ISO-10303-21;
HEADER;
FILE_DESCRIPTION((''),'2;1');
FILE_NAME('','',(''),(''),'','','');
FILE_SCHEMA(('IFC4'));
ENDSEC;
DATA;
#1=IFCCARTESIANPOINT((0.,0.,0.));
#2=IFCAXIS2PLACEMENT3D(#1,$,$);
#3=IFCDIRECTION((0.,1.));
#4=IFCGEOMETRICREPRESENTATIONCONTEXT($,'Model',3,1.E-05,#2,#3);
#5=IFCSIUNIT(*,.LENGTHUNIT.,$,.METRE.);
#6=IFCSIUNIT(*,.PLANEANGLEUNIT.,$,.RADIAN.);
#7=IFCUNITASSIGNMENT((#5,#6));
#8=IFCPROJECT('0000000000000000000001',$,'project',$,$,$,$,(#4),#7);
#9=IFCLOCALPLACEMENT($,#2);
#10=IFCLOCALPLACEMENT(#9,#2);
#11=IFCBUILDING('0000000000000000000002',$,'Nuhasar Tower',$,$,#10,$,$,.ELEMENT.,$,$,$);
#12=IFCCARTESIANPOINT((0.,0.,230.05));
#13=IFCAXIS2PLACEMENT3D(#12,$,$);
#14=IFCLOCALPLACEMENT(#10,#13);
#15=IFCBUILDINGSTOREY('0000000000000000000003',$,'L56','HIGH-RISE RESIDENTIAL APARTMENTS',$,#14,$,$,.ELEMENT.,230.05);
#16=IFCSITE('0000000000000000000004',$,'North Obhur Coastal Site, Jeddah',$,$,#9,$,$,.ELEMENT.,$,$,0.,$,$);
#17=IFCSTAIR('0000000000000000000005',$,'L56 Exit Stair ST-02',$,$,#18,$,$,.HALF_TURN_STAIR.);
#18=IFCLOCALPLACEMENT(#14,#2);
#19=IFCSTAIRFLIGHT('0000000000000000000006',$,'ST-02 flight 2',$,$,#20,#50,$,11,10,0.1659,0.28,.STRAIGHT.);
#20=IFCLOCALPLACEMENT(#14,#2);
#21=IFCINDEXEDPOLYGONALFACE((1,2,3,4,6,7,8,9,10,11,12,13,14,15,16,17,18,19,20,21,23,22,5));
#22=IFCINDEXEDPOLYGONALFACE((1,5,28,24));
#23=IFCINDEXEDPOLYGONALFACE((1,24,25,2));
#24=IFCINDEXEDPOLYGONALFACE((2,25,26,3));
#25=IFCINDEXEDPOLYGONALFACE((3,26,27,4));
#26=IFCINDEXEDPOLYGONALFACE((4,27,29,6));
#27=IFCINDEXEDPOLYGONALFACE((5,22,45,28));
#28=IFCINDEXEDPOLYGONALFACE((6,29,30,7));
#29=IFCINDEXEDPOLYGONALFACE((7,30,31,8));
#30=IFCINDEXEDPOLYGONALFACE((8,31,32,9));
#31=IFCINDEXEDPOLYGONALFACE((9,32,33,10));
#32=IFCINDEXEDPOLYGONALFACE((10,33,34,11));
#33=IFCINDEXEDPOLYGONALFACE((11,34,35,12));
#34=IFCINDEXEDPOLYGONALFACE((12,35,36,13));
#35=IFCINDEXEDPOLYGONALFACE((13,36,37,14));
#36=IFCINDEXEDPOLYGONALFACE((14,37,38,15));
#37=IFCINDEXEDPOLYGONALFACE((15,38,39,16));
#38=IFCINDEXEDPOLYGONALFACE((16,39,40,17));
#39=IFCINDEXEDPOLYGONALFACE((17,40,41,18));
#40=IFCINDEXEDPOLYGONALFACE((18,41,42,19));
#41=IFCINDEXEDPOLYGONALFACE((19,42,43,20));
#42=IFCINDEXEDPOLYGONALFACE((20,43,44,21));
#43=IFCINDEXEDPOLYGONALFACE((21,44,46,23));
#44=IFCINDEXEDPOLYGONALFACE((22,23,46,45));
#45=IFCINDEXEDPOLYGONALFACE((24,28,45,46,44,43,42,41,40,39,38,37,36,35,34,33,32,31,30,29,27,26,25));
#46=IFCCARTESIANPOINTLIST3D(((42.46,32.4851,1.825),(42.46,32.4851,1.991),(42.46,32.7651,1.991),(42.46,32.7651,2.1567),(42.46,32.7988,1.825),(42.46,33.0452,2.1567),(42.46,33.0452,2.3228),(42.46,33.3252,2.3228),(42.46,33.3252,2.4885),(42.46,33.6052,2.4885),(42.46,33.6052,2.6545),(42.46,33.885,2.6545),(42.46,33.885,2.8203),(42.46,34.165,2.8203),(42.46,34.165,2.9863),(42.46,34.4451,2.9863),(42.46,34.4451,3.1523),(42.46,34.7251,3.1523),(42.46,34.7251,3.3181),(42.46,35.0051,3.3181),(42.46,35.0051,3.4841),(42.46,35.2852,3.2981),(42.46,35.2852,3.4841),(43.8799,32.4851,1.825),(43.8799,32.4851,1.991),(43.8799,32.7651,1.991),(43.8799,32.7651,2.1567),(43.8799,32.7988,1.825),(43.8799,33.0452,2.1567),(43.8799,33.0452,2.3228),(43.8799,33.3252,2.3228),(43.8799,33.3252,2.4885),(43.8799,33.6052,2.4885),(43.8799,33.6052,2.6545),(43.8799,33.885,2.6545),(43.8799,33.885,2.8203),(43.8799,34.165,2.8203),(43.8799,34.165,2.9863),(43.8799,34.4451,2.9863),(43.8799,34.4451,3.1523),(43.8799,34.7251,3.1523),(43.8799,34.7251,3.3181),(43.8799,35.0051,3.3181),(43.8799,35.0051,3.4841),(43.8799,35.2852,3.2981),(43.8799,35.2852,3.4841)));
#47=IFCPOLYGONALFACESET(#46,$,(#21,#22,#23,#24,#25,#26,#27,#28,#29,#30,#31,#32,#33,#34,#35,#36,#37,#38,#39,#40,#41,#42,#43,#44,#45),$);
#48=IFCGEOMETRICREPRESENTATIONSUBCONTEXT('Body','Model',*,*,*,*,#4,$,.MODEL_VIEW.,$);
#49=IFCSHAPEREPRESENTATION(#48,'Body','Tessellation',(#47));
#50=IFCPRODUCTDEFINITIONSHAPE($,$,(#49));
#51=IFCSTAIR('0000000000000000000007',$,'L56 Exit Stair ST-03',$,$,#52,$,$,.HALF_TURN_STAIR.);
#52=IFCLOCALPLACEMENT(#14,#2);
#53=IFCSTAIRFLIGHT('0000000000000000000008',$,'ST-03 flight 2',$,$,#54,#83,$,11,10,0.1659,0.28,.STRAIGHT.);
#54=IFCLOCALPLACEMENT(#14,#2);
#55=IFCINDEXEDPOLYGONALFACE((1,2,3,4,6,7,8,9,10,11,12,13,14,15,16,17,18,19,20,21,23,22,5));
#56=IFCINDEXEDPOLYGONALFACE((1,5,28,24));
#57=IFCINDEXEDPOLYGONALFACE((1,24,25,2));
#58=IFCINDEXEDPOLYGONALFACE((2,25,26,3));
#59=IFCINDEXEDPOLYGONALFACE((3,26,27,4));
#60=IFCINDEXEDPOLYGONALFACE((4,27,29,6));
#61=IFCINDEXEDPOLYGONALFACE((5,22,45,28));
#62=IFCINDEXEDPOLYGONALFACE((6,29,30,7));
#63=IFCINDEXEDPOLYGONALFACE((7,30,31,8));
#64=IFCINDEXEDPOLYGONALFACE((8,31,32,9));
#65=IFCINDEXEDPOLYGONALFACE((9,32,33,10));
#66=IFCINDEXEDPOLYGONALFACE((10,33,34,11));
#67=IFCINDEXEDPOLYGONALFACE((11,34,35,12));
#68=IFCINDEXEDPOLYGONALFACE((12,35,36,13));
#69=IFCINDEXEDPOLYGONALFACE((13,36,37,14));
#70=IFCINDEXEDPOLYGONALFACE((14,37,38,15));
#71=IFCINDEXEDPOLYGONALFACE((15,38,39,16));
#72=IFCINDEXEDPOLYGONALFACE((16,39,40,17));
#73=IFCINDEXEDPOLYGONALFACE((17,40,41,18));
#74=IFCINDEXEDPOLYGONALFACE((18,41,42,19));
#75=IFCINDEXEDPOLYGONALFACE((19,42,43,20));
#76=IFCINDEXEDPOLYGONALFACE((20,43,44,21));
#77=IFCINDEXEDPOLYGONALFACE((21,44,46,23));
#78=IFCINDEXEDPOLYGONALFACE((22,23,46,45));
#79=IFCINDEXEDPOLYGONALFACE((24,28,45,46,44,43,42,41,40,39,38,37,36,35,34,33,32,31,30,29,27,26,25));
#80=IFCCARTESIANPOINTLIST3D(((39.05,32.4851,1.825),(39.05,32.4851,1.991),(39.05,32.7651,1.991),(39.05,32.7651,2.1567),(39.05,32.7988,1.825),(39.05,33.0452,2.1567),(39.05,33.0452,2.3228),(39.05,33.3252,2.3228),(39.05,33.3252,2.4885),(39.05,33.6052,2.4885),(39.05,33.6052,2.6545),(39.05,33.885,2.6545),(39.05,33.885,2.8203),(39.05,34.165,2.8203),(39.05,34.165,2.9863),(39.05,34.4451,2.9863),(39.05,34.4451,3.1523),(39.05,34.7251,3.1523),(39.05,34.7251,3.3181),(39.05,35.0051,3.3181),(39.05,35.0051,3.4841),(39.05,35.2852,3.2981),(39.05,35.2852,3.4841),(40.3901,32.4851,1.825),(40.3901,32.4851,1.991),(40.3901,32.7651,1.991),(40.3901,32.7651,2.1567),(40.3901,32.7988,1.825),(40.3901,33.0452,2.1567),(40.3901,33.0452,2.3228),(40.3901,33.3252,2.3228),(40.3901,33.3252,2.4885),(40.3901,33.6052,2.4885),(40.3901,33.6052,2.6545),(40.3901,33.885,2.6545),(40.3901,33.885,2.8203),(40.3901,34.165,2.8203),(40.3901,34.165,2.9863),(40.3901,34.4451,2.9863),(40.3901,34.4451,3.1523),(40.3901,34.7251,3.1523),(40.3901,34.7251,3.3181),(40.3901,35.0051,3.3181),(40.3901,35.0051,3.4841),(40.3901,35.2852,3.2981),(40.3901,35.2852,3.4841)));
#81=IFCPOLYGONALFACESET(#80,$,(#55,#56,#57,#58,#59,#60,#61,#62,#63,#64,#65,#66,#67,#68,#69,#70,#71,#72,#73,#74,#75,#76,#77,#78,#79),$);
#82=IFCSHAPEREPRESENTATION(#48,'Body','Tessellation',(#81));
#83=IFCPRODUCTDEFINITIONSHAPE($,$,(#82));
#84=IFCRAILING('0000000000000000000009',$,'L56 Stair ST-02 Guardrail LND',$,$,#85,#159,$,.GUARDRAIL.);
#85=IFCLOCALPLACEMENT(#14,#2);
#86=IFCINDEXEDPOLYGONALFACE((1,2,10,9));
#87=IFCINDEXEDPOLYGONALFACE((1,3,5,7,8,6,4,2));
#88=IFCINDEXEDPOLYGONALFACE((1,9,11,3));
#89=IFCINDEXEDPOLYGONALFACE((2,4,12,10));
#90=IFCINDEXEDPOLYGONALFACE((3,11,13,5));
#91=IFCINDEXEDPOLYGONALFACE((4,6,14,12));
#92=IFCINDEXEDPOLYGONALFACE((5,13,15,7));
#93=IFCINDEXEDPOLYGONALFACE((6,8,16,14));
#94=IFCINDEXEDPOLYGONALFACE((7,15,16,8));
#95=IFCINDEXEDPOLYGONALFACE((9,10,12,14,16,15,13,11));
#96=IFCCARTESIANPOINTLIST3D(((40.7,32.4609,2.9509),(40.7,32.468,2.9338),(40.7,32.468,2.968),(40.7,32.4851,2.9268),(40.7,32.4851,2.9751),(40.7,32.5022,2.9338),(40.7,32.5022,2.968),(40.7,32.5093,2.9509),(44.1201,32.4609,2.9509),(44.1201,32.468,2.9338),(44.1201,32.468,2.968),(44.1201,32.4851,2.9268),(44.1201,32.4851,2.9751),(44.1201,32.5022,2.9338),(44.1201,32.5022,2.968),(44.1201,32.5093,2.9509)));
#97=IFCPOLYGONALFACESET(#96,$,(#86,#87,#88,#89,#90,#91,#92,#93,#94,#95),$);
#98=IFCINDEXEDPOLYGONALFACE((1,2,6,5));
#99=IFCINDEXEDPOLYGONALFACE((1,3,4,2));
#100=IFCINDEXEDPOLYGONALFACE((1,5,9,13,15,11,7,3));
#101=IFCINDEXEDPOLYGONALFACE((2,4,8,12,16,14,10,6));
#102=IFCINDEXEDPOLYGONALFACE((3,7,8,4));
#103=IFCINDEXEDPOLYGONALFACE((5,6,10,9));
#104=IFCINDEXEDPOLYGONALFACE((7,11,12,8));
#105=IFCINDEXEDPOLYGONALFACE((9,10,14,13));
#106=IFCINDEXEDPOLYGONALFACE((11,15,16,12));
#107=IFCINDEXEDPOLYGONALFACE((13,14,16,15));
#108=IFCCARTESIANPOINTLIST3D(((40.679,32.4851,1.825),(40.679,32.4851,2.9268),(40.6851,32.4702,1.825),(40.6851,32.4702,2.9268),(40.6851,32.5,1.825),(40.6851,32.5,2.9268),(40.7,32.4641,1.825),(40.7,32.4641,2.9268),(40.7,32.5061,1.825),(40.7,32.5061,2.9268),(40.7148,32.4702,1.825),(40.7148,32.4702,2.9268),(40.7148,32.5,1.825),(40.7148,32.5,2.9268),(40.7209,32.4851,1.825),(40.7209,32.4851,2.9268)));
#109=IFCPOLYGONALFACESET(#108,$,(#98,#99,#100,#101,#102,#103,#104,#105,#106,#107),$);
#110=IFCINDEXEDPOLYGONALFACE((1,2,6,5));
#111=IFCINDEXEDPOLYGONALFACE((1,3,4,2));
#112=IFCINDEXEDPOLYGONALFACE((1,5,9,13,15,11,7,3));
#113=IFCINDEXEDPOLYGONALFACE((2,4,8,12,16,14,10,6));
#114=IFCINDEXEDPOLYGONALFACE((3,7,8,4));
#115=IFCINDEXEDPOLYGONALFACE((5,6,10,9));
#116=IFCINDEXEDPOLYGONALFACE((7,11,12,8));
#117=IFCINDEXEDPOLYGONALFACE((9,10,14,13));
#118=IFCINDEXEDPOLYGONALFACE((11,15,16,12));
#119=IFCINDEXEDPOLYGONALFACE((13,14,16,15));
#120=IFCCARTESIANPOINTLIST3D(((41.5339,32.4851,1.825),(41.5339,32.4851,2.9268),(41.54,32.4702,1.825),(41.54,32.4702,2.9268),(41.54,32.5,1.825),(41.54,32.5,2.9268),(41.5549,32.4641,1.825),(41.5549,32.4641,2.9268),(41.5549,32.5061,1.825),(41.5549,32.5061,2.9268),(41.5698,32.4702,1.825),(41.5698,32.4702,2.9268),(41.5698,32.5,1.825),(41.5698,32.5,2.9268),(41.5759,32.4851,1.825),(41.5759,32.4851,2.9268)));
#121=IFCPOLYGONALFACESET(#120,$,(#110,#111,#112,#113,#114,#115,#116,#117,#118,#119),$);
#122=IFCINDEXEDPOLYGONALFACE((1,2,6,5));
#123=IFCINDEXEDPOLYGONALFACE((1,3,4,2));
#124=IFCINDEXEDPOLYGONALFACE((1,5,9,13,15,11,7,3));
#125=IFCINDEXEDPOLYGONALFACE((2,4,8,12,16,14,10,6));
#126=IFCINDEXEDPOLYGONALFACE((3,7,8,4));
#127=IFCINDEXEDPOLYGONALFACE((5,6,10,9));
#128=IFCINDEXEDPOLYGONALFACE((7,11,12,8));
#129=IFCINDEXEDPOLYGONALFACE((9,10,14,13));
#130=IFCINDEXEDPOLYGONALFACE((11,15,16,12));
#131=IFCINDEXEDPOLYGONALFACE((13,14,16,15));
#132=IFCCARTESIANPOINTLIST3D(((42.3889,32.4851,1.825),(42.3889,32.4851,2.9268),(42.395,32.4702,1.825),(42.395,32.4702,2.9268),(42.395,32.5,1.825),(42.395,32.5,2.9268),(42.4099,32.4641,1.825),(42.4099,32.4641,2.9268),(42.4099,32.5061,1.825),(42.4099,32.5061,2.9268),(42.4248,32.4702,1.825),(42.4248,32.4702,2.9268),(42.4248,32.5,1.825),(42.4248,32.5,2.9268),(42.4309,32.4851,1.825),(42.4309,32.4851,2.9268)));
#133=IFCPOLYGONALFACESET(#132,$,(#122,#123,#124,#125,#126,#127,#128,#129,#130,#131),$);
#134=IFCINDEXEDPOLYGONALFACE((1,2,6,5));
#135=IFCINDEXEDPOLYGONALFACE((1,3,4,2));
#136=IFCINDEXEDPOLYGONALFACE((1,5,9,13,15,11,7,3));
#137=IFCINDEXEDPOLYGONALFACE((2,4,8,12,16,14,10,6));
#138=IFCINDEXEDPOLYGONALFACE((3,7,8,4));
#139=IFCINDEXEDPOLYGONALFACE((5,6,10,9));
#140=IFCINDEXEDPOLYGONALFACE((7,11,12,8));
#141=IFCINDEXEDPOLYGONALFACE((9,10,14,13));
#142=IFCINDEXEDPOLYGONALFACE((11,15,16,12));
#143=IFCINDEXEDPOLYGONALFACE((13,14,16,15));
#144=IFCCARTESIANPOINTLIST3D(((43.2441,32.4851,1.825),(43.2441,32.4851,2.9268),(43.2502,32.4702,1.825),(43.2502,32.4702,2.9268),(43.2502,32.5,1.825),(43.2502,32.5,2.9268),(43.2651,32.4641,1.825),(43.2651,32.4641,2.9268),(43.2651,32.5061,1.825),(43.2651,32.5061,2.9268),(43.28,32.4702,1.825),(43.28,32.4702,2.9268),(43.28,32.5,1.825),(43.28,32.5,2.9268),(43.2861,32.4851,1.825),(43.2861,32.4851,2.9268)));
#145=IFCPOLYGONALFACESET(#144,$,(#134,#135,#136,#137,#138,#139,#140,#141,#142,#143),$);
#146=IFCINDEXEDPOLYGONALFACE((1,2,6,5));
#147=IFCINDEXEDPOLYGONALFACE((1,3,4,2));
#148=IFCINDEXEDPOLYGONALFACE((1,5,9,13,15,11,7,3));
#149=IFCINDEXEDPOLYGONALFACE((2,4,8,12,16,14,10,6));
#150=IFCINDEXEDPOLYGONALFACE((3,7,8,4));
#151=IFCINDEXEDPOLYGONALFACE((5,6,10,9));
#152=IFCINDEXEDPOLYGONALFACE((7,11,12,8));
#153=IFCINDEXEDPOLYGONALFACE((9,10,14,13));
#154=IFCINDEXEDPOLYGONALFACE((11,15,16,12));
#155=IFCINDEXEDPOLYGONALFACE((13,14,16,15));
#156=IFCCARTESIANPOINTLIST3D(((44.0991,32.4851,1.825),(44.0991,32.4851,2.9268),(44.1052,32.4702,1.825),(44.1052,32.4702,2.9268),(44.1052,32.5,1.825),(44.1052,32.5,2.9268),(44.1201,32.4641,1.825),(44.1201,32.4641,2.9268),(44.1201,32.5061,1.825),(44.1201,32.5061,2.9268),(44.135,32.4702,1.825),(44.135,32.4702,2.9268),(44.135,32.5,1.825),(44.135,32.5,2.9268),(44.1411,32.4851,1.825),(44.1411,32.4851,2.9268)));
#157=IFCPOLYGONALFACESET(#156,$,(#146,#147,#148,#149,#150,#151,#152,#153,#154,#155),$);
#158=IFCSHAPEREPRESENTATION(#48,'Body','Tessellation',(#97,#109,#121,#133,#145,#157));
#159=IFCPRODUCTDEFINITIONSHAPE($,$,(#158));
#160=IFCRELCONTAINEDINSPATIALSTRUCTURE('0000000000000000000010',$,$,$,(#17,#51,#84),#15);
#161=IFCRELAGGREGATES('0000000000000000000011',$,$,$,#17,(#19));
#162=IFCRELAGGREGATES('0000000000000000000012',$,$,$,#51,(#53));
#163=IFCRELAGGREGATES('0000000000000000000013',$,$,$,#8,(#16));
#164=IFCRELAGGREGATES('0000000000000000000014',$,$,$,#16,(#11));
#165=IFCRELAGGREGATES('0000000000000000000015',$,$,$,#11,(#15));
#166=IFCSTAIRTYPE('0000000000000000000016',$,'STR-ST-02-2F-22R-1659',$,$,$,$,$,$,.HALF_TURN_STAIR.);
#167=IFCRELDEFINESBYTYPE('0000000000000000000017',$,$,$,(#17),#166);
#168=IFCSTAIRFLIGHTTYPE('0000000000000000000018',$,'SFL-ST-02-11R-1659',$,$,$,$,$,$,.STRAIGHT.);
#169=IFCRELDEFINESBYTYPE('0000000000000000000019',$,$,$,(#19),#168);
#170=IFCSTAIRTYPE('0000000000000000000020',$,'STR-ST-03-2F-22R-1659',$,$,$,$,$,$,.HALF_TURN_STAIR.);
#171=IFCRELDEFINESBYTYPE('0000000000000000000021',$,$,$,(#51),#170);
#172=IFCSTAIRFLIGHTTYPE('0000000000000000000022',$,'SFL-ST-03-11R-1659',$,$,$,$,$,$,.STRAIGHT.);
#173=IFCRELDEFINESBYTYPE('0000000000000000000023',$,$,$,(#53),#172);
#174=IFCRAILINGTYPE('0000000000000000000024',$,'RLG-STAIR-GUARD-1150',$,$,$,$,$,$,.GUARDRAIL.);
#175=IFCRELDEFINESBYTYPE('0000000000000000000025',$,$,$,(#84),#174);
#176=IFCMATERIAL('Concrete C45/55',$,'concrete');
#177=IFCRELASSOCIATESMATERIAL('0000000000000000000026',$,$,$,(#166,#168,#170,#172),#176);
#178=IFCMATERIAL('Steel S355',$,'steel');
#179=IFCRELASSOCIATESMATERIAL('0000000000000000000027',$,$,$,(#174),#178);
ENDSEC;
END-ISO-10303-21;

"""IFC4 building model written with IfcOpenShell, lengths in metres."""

from ifc_helpers import new_model, si_unit, direction, frame, origin, place, context, subcontext, project, spatial, polyline, outline, extrude, material, type_object, element, aggregate, save


model = new_model("IFC4")

# Units and contexts
model_context = context("Model", 3, precision=1e-05, world=origin(), true_north=direction((0.0, 1.0)))
body_context = subcontext(model_context, "Body", "Model", "MODEL_VIEW")
ifc_project = project(units=[si_unit("LENGTHUNIT", "METRE"), si_unit("PLANEANGLEUNIT", "RADIAN")], contexts=[model_context])

# Site, building, storey
site_placement = place(None, origin())
site = spatial("IfcSite", under=ifc_project, at=site_placement, Name="North Obhur Coastal Site, Jeddah", CompositionType="ELEMENT", RefElevation=0.0)
building_placement = place(site_placement, origin())
building = spatial("IfcBuilding", under=site, at=building_placement, Name="Nuhasar Tower", CompositionType="ELEMENT")
storey_placement = place(building_placement, frame((0.0, 0.0, 230.05)))
storey = spatial("IfcBuildingStorey", under=building, at=storey_placement, Name="L56", Description="HIGH-RISE RESIDENTIAL APARTMENTS", CompositionType="ELEMENT", Elevation=230.05)

# Shared definitions
ifc_material_1 = material(Name="Steel S355", Category="steel")

# Shared definitions
ifc_material_2 = material(Name="Concrete C45/55", Category="concrete")

# Stair, stair flight
stair_type_1 = type_object("IfcStairType", Name="STR-ST-02-2F-22R-1659", PredefinedType="HALF_TURN_STAIR", material=ifc_material_2)
stair_1_placement = place(storey_placement, origin())
stair_1 = element("IfcStair", 1, at=stair_1_placement, inside=storey, type_object=stair_type_1, Name="L56 Exit Stair ST-02", PredefinedType="HALF_TURN_STAIR")
stair_flight_type_1 = type_object("IfcStairFlightType", Name="SFL-ST-02-11R-1659", PredefinedType="STRAIGHT", material=ifc_material_2)
stair_flight_1_placement = place(storey_placement, frame((43.1699, 32.4851, 1.825), z_axis=(0.0, 0.0, 1.0), x_axis=(0.0, 1.0, 0.0)))
stair_flight_1 = element("IfcStairFlight", 2, at=stair_flight_1_placement, type_object=stair_flight_type_1, Name="ST-02 flight 2", NumberOfRisers=11, NumberOfTreads=10, PredefinedType="STRAIGHT", RiserHeight=0.1659, TreadLength=0.28, context=body_context, shape_type="SweptSolid", body=[
    extrude(outline(polyline([(0.0, 0.0), (0.0, 0.166), (0.28, 0.166), (0.28, 0.3318), (0.5601, 0.3318), (0.5601, 0.4978), (0.8401, 0.4978), (0.8401, 0.6636), (1.1201, 0.6636), (1.1201, 0.8296), (1.3999, 0.8296), (1.3999, 0.9954), (1.6799, 0.9954), (1.6799, 1.1614), (1.96, 1.1614), (1.96, 1.3274), (2.24, 1.3274), (2.24, 1.4932), (2.52, 1.4932), (2.52, 1.6592), (2.8, 1.6592), (2.8, 1.825), (2.8, 1.4731), (0.3137, 0.0), (0.0, 0.0)])), frame((0.0, 0.71, 0.0), z_axis=(0.0, -1.0, 0.0), x_axis=(1.0, 0.0, 0.0)), (0.0, 0.0, 1.0), 1.4199),
])
aggregate(stair_1, [stair_flight_1])

# Stair, stair flight
stair_type_2 = type_object("IfcStairType", Name="STR-ST-03-2F-22R-1659", PredefinedType="HALF_TURN_STAIR", material=ifc_material_2)
stair_2_placement = place(storey_placement, origin())
stair_2 = element("IfcStair", 3, at=stair_2_placement, inside=storey, type_object=stair_type_2, Name="L56 Exit Stair ST-03", PredefinedType="HALF_TURN_STAIR")
stair_flight_type_2 = type_object("IfcStairFlightType", Name="SFL-ST-03-11R-1659", PredefinedType="STRAIGHT", material=ifc_material_2)
stair_flight_2_placement = place(storey_placement, frame((39.72, 32.4851, 1.825), z_axis=(0.0, 0.0, 1.0), x_axis=(0.0, 1.0, 0.0)))
stair_flight_2 = element("IfcStairFlight", 4, at=stair_flight_2_placement, type_object=stair_flight_type_2, Name="ST-03 flight 2", NumberOfRisers=11, NumberOfTreads=10, PredefinedType="STRAIGHT", RiserHeight=0.1659, TreadLength=0.28, context=body_context, shape_type="SweptSolid", body=[
    extrude(outline(polyline([(0.0, 0.0), (0.0, 0.166), (0.28, 0.166), (0.28, 0.3318), (0.5601, 0.3318), (0.5601, 0.4978), (0.8401, 0.4978), (0.8401, 0.6636), (1.1201, 0.6636), (1.1201, 0.8296), (1.3999, 0.8296), (1.3999, 0.9954), (1.6799, 0.9954), (1.6799, 1.1614), (1.96, 1.1614), (1.96, 1.3274), (2.24, 1.3274), (2.24, 1.4932), (2.52, 1.4932), (2.52, 1.6592), (2.8, 1.6592), (2.8, 1.825), (2.8, 1.4731), (0.3137, 0.0), (0.0, 0.0)])), frame((0.0, 0.6699, 0.0), z_axis=(0.0, -1.0, 0.0), x_axis=(1.0, 0.0, 0.0)), (0.0, 0.0, 1.0), 1.3401),
])
aggregate(stair_2, [stair_flight_2])

# Railing
railing_type_1 = type_object("IfcRailingType", Name="RLG-STAIR-GUARD-1150", PredefinedType="GUARDRAIL", material=ifc_material_1)
railing_1_placement = place(storey_placement, frame((40.7, 32.4851, 1.825)))
element("IfcRailing", 5, at=railing_1_placement, inside=storey, type_object=railing_type_1, Name="L56 Stair ST-02 Guardrail LND", PredefinedType="GUARDRAIL", context=body_context, shape_type="SweptSolid", body=[
    extrude(outline(polyline([(0.0242, 0.0), (0.0171, 0.0171), (0.0, 0.0242), (-0.0171, 0.0171), (-0.0242, 0.0), (-0.0171, -0.0171), (0.0, -0.0242), (0.0171, -0.0171), (0.0242, 0.0)])), frame((0.0, 0.0, 1.126), z_axis=(1.0, 0.0, 0.0), x_axis=(0.0, 1.0, 0.0)), (0.0, 0.0, 1.0), 3.4202),
    extrude(outline(polyline([(0.021, 0.0), (0.0149, 0.0149), (0.0, 0.021), (-0.0149, 0.0149), (-0.021, 0.0), (-0.0149, -0.0149), (0.0, -0.021), (0.0149, -0.0149), (0.021, 0.0)])), origin(), (0.0, 0.0, 1.0), 1.1018),
    extrude(outline(polyline([(0.021, 0.0), (0.0149, 0.0149), (0.0, 0.021), (-0.0149, 0.0149), (-0.021, 0.0), (-0.0149, -0.0149), (0.0, -0.021), (0.0149, -0.0149), (0.021, 0.0)])), frame((0.855, 0.0, 0.0)), (0.0, 0.0, 1.0), 1.1018),
    extrude(outline(polyline([(0.021, 0.0), (0.0149, 0.0149), (0.0, 0.021), (-0.0149, 0.0149), (-0.021, 0.0), (-0.0149, -0.0149), (0.0, -0.021), (0.0149, -0.0149), (0.021, 0.0)])), frame((1.71, 0.0, 0.0)), (0.0, 0.0, 1.0), 1.1018),
    extrude(outline(polyline([(0.021, 0.0), (0.0149, 0.0149), (0.0, 0.021), (-0.0149, 0.0149), (-0.021, 0.0), (-0.0149, -0.0149), (0.0, -0.021), (0.0149, -0.0149), (0.021, 0.0)])), frame((2.5652, 0.0, 0.0)), (0.0, 0.0, 1.0), 1.1018),
    extrude(outline(polyline([(0.021, 0.0), (0.0149, 0.0149), (0.0, 0.021), (-0.0149, 0.0149), (-0.021, 0.0), (-0.0149, -0.0149), (0.0, -0.021), (0.0149, -0.0149), (0.021, 0.0)])), frame((3.4202, 0.0, 0.0)), (0.0, 0.0, 1.0), 1.1018),
])

save(model, "model.ifc")
